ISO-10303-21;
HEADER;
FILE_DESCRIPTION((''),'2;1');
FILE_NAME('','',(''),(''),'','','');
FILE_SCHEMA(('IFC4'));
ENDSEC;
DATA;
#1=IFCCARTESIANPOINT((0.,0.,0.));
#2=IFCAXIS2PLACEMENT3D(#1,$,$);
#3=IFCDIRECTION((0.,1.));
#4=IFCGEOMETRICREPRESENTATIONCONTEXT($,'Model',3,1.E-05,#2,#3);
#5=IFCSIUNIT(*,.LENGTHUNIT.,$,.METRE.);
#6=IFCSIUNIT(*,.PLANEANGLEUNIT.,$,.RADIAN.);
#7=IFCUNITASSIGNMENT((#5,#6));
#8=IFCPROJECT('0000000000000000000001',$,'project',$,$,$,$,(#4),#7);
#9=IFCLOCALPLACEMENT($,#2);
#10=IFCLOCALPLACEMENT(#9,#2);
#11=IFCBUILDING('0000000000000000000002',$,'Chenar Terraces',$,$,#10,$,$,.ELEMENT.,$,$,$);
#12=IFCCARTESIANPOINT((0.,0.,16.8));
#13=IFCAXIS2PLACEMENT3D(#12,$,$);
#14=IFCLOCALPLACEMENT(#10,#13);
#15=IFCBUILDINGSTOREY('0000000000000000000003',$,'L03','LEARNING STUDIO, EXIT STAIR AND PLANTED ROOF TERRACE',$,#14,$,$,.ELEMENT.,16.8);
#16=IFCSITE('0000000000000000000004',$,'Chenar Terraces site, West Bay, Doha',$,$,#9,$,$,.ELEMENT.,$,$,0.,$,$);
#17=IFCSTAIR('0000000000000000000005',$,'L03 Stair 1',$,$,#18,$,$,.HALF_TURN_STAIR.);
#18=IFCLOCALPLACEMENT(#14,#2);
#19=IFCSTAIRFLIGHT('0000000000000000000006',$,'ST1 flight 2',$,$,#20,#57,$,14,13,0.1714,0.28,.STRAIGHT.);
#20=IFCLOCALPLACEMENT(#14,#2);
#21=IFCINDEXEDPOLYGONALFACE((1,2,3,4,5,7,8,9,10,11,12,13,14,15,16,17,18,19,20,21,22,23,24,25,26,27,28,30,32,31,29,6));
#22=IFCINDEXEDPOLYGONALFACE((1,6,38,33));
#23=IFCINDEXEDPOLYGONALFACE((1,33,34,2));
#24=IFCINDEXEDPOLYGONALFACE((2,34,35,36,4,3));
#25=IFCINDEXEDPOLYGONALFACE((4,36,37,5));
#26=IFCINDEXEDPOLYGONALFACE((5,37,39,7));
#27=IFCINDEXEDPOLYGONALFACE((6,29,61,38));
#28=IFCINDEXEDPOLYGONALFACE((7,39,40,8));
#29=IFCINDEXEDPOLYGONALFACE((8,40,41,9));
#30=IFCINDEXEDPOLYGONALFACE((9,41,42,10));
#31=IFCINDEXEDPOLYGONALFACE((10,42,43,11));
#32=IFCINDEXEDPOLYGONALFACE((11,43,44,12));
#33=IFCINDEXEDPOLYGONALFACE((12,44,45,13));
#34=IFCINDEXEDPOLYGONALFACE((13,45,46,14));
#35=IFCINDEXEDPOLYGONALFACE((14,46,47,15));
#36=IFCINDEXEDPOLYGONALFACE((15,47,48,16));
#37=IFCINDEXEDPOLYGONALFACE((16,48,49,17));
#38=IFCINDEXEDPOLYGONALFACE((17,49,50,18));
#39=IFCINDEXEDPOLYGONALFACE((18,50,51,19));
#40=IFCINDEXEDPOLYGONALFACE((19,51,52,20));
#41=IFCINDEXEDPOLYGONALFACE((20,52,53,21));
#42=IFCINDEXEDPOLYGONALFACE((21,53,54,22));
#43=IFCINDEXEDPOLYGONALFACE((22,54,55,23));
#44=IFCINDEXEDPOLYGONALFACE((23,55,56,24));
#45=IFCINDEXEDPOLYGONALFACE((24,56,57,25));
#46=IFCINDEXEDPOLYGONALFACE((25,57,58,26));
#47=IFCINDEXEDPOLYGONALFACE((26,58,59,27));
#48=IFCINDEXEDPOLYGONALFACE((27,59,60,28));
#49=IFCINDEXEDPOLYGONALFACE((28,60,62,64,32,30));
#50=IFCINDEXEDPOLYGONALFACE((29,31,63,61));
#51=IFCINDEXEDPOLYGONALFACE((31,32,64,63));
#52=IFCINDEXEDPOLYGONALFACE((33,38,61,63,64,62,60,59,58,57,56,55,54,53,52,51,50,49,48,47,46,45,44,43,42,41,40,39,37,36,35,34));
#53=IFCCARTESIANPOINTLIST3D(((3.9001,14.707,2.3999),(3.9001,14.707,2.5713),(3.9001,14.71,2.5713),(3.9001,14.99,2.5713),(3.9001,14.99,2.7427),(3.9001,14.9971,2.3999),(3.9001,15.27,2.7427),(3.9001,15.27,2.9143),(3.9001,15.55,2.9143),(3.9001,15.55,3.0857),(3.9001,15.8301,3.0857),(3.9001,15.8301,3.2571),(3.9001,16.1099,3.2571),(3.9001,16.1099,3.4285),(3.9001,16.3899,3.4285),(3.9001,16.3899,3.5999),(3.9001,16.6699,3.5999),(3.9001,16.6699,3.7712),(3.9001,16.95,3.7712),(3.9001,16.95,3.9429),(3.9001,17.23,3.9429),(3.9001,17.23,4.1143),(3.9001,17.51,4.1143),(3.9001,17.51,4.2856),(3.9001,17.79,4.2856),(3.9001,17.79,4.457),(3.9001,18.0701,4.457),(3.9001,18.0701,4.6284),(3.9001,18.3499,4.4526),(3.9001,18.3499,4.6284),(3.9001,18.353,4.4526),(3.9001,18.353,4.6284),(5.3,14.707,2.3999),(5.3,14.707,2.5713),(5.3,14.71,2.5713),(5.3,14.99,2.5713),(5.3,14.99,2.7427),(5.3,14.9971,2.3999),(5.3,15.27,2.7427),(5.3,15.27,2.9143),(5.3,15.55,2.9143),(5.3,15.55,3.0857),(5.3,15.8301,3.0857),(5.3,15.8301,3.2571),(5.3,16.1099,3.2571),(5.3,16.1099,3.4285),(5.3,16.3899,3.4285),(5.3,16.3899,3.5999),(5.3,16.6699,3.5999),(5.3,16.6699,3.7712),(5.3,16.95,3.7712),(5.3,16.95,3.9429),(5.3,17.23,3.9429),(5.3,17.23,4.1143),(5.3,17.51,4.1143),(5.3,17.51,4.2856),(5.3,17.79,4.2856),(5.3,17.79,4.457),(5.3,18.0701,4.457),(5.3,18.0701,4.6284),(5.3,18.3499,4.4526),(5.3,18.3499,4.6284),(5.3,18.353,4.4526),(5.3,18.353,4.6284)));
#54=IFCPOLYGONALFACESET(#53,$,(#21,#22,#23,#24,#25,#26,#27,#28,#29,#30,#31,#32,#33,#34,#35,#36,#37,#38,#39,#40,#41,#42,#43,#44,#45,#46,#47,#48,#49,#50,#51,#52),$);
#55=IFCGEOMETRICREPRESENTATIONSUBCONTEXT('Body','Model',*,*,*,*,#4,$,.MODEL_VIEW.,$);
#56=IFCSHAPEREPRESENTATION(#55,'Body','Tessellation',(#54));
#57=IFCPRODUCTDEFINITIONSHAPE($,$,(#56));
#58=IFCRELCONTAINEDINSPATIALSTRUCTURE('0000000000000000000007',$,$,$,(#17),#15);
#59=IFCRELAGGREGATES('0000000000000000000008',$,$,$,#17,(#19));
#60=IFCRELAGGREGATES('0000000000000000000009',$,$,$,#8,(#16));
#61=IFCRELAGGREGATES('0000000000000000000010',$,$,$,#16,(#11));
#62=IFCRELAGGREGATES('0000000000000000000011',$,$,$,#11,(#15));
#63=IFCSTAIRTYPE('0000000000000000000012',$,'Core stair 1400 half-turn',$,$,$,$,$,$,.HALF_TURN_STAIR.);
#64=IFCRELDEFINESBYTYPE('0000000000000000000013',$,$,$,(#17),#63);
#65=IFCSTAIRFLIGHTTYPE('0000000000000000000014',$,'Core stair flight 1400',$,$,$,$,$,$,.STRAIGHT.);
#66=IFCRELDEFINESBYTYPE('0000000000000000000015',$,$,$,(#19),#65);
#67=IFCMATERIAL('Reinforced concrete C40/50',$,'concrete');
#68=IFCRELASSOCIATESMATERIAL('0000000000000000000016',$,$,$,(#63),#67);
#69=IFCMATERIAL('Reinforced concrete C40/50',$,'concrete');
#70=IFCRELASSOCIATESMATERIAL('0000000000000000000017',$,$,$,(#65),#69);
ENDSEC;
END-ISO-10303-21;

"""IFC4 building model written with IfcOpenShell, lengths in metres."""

from ifc_helpers import new_model, si_unit, direction, frame, origin, place, context, subcontext, project, spatial, polyline, outline, extrude, material, type_object, element, aggregate, save


model = new_model("IFC4")

# Units and contexts
model_context = context("Model", 3, precision=1e-05, world=origin(), true_north=direction((0.0, 1.0)))
body_context = subcontext(model_context, "Body", "Model", "MODEL_VIEW")
ifc_project = project(units=[si_unit("LENGTHUNIT", "METRE"), si_unit("PLANEANGLEUNIT", "RADIAN")], contexts=[model_context])

# Site, building, storey
site_placement = place(None, origin())
site = spatial("IfcSite", under=ifc_project, at=site_placement, Name="Chenar Terraces site, West Bay, Doha", CompositionType="ELEMENT", RefElevation=0.0)
building_placement = place(site_placement, origin())
building = spatial("IfcBuilding", under=site, at=building_placement, Name="Chenar Terraces", CompositionType="ELEMENT")
storey_placement = place(building_placement, frame((0.0, 0.0, 16.8)))
storey = spatial("IfcBuildingStorey", under=building, at=storey_placement, Name="L03", Description="LEARNING STUDIO, EXIT STAIR AND PLANTED ROOF TERRACE", CompositionType="ELEMENT", Elevation=16.8)

# Stair, stair flight
ifc_material_1 = material(Name="Reinforced concrete C40/50", Category="concrete")
stair_type = type_object("IfcStairType", Name="Core stair 1400 half-turn", PredefinedType="HALF_TURN_STAIR", material=ifc_material_1)
stair_placement = place(storey_placement, origin())
stair = element("IfcStair", 1, at=stair_placement, inside=storey, type_object=stair_type, Name="L03 Stair 1", PredefinedType="HALF_TURN_STAIR")
ifc_material_2 = material(Name="Reinforced concrete C40/50", Category="concrete")
stair_flight_type = type_object("IfcStairFlightType", Name="Core stair flight 1400", PredefinedType="STRAIGHT", material=ifc_material_2)
stair_flight_1_placement = place(storey_placement, frame((4.6001, 14.71, 2.3999), z_axis=(0.0, 0.0, 1.0), x_axis=(0.0, 1.0, 0.0)))
stair_flight_1 = element("IfcStairFlight", 2, at=stair_flight_1_placement, type_object=stair_flight_type, Name="ST1 flight 2", NumberOfRisers=14, NumberOfTreads=13, PredefinedType="STRAIGHT", RiserHeight=0.1714, TreadLength=0.28, context=body_context, shape_type="SweptSolid", body=[
    extrude(outline(polyline([(-0.0029, 0.0), (-0.0029, 0.1714), (0.0, 0.1714), (0.28, 0.1714), (0.28, 0.3428), (0.5601, 0.3428), (0.5601, 0.5144), (0.8401, 0.5144), (0.8401, 0.6858), (1.1201, 0.6858), (1.1201, 0.8572), (1.3999, 0.8572), (1.3999, 1.0286), (1.6799, 1.0286), (1.6799, 1.2), (1.96, 1.2), (1.96, 1.3713), (2.24, 1.3713), (2.24, 1.543), (2.52, 1.543), (2.52, 1.7144), (2.8, 1.7144), (2.8, 1.8857), (3.0801, 1.8857), (3.0801, 2.0571), (3.3601, 2.0571), (3.3601, 2.2285), (3.6399, 2.2285), (3.6431, 2.2285), (3.6431, 2.0527), (3.6399, 2.0527), (0.2871, 0.0), (-0.0029, 0.0)])), frame((0.0, 0.7, 0.0), z_axis=(0.0, -1.0, 0.0), x_axis=(1.0, 0.0, 0.0)), (0.0, 0.0, 1.0), 1.3999),
])
aggregate(stair, [stair_flight_1])

save(model, "model.ifc")
